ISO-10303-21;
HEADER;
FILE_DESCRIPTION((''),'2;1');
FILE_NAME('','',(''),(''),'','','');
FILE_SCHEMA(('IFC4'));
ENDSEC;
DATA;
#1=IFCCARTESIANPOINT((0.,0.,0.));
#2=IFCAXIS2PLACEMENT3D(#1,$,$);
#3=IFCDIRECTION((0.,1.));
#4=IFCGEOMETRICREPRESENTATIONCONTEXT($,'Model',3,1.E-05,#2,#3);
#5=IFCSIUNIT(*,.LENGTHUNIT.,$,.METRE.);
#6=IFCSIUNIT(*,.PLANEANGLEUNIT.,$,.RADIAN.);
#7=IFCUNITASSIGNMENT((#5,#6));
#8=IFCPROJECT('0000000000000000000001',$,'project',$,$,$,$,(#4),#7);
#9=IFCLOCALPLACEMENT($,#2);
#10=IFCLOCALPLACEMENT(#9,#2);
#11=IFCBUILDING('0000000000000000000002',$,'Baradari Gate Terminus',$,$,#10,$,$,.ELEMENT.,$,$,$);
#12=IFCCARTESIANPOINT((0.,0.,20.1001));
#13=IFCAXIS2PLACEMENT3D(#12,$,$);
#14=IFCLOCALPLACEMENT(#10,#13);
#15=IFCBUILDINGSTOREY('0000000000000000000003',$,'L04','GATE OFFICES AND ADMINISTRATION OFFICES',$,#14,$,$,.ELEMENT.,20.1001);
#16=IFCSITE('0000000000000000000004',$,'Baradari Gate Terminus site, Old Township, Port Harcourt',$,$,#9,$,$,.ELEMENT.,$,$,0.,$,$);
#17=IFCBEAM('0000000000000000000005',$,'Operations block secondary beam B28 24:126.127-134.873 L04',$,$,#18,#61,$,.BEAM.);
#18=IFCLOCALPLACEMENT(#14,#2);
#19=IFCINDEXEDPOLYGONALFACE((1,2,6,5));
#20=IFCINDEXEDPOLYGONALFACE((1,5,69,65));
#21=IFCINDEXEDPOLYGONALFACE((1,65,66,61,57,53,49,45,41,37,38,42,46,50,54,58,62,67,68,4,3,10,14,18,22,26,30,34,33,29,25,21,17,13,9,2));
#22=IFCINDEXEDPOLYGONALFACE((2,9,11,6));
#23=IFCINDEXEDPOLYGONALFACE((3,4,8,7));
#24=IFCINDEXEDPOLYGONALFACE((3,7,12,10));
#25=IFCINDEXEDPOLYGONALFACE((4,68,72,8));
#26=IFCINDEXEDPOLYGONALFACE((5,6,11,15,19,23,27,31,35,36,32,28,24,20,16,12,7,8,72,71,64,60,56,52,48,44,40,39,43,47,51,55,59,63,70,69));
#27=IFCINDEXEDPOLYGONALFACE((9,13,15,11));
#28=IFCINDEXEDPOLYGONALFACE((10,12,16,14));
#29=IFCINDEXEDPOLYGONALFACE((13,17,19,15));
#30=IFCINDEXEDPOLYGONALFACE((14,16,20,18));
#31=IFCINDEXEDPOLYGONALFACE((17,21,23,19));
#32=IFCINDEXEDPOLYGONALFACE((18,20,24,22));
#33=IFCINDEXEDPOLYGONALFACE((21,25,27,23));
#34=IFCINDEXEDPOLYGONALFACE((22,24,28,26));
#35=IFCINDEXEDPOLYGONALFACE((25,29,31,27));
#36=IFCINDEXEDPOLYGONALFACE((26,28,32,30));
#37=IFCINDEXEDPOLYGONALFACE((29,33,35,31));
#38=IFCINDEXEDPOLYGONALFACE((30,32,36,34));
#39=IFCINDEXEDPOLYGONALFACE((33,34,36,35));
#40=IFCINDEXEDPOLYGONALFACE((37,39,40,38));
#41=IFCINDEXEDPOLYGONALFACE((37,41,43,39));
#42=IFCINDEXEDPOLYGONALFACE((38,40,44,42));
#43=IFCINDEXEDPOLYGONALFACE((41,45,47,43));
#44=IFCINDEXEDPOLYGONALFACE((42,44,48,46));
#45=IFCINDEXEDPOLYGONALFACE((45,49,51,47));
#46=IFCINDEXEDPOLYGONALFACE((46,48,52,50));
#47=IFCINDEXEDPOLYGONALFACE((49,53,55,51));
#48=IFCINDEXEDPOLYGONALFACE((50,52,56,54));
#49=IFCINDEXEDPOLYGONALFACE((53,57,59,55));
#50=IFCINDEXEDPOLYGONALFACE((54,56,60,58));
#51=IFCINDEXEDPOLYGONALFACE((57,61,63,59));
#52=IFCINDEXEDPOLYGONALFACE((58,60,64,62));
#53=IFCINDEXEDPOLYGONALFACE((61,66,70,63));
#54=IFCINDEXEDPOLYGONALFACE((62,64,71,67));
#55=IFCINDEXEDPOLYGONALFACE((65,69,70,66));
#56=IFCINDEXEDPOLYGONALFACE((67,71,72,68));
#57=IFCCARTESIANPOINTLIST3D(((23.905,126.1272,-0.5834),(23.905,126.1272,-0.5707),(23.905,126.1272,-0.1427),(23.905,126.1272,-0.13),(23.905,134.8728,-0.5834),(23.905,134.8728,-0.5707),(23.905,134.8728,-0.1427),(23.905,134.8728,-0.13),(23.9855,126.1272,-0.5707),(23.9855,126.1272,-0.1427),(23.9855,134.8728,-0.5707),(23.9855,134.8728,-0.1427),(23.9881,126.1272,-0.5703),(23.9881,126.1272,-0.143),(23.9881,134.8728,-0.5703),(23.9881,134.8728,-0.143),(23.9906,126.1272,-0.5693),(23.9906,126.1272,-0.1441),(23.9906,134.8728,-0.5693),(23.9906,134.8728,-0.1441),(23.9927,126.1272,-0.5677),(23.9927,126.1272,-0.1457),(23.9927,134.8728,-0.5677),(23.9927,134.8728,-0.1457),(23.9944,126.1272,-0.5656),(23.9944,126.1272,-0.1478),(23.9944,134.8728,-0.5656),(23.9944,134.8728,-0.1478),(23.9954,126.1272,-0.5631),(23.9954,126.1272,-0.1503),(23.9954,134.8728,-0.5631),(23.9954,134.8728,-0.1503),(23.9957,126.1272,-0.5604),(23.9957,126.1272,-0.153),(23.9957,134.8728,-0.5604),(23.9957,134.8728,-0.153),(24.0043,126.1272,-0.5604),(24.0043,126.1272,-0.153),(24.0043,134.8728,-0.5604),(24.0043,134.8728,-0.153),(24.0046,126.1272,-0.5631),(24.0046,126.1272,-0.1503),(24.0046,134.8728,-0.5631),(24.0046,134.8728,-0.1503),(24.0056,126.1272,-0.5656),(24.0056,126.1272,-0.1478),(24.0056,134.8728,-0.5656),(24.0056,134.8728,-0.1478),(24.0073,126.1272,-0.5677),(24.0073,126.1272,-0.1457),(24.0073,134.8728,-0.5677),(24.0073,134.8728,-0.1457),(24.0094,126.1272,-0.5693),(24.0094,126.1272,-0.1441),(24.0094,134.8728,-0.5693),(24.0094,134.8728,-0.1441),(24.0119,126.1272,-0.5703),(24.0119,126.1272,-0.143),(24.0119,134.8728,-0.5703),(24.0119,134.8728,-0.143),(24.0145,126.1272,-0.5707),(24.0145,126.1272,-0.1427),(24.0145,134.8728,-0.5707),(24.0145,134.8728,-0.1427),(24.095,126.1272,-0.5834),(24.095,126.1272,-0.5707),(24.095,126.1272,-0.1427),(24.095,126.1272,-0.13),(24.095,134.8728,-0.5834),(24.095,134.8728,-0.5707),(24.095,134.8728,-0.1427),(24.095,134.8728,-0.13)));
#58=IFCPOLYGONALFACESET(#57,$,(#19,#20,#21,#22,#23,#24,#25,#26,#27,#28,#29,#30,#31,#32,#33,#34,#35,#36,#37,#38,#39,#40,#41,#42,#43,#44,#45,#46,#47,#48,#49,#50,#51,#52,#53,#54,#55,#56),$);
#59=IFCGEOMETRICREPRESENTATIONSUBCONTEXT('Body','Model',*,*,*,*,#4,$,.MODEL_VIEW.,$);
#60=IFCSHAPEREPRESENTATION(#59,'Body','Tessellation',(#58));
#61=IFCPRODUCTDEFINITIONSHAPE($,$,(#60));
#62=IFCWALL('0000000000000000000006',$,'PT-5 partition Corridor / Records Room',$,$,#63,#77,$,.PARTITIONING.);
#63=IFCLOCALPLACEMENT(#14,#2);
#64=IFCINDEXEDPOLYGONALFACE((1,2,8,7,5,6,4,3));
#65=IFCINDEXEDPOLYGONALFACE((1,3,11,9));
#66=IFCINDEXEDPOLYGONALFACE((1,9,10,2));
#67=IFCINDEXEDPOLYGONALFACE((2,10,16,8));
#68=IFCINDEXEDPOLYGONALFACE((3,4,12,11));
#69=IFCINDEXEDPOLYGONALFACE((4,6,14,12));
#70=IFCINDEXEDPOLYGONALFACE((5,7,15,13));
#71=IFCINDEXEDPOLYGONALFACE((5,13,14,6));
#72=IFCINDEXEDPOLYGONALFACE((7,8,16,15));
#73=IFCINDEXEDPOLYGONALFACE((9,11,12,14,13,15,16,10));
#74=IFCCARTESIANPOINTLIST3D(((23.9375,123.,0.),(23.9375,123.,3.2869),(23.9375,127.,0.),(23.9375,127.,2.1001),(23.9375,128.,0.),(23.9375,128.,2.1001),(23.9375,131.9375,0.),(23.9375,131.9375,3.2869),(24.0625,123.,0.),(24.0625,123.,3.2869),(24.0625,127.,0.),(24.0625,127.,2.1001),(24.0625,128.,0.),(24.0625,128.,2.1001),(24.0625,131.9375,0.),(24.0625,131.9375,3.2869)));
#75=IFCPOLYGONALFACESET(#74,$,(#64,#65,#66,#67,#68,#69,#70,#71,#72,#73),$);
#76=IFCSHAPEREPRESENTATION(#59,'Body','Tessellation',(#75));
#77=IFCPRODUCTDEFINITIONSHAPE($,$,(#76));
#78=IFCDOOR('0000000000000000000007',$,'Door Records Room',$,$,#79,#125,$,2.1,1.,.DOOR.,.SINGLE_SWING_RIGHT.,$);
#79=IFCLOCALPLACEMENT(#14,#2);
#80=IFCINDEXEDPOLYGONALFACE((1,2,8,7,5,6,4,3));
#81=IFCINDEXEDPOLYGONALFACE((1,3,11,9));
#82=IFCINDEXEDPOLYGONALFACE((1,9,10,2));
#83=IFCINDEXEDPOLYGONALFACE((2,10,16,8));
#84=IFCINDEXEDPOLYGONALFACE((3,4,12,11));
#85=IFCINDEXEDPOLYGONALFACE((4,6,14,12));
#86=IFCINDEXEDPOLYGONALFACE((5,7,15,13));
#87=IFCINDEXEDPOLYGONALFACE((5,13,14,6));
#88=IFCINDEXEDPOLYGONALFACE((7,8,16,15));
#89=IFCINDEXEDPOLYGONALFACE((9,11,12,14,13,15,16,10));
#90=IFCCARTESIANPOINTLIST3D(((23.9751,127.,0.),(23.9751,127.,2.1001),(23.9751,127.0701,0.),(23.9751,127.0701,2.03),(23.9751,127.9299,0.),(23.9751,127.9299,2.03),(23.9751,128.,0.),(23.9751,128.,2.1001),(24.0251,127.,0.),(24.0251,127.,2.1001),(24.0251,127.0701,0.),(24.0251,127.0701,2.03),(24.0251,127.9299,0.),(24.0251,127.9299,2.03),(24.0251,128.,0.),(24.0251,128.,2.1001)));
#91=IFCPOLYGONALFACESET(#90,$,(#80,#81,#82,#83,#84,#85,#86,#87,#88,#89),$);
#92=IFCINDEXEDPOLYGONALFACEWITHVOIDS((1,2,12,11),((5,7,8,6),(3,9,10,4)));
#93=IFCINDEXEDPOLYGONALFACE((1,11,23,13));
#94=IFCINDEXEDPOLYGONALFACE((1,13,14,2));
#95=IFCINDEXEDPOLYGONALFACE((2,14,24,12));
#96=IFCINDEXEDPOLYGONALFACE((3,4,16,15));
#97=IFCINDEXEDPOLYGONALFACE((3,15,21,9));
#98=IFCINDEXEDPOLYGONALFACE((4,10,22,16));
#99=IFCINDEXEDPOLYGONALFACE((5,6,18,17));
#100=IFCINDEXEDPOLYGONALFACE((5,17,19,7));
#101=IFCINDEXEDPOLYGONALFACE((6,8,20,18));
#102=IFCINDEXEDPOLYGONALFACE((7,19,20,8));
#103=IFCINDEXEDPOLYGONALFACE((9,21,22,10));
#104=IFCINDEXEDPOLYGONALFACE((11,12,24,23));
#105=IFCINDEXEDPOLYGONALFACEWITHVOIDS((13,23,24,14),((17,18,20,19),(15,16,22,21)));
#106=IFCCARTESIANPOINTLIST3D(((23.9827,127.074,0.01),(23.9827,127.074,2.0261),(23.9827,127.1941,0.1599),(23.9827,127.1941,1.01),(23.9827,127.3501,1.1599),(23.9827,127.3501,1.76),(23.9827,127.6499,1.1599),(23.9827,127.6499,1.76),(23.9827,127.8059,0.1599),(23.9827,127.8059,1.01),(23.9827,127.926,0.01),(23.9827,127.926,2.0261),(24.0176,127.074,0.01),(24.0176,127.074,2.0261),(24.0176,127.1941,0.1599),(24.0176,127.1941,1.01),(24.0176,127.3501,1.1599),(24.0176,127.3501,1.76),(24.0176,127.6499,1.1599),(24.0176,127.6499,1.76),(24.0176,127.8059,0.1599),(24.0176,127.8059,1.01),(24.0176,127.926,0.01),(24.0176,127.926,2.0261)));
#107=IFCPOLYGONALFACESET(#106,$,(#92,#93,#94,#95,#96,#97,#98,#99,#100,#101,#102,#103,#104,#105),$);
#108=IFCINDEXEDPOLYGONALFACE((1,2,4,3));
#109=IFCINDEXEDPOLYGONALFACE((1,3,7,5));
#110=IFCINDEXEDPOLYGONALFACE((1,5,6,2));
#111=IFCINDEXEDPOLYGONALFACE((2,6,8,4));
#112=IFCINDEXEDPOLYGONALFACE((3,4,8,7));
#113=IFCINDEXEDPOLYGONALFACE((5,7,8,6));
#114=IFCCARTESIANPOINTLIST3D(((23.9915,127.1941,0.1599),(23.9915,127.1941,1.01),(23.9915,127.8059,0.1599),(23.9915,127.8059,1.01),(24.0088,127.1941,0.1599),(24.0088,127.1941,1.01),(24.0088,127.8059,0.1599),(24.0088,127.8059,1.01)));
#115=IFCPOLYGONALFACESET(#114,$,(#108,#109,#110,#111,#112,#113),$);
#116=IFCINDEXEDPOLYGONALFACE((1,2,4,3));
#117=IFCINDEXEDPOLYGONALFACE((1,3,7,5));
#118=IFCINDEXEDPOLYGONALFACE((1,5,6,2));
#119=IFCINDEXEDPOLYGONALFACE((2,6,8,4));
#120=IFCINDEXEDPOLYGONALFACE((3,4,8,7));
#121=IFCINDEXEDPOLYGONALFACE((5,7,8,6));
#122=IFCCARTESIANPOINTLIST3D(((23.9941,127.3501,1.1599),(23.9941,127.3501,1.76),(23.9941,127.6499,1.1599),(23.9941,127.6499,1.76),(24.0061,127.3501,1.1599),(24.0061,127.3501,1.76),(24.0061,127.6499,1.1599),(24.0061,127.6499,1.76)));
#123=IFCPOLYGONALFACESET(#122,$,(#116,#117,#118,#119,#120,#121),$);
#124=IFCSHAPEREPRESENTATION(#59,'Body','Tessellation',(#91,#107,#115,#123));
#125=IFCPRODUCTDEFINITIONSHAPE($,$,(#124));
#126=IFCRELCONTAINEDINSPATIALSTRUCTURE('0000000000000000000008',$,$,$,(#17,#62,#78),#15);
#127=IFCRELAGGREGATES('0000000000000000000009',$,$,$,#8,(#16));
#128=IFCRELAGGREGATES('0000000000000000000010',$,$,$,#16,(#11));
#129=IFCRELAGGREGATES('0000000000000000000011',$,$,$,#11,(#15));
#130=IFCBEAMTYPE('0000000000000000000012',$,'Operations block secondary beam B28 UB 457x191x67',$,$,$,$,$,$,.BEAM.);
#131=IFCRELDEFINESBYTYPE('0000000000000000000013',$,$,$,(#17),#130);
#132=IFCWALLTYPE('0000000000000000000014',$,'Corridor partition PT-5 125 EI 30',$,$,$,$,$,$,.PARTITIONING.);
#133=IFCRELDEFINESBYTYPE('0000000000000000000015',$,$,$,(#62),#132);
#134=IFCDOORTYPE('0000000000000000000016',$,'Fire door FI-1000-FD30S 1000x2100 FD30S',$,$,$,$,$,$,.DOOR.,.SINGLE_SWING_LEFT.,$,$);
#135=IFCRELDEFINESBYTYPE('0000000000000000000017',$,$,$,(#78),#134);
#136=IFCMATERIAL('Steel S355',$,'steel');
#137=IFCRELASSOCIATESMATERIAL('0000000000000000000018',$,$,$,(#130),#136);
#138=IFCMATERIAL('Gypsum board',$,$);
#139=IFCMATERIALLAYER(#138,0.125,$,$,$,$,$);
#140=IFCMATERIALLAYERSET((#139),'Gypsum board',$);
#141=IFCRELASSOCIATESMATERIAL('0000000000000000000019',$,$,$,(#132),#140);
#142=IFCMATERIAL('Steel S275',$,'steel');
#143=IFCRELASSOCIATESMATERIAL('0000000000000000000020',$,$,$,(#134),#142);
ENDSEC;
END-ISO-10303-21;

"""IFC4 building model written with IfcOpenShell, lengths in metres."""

from ifc_helpers import new_model, si_unit, direction, frame, frame_2d, origin, origin_2d, place, context, subcontext, project, spatial, polyline, rectangle, i_section, outline, extrude, material, layer, layer_set, material_profile, profile_set, type_object, element, fill, save


model = new_model("IFC4")

# Units and contexts
model_context = context("Model", 3, precision=1e-05, world=origin(), true_north=direction((0.0, 1.0)))
body_context = subcontext(model_context, "Body", "Model", "MODEL_VIEW")
ifc_project = project(units=[si_unit("LENGTHUNIT", "METRE"), si_unit("PLANEANGLEUNIT", "RADIAN")], contexts=[model_context])

# Site, building, storey
site_placement = place(None, origin())
site = spatial("IfcSite", under=ifc_project, at=site_placement, Name="Baradari Gate Terminus site, Old Township, Port Harcourt", CompositionType="ELEMENT", RefElevation=0.0)
building_placement = place(site_placement, origin())
building = spatial("IfcBuilding", under=site, at=building_placement, Name="Baradari Gate Terminus", CompositionType="ELEMENT")
storey_placement = place(building_placement, frame((0.0, 0.0, 20.1001)))
storey = spatial("IfcBuildingStorey", under=building, at=storey_placement, Name="L04", Description="GATE OFFICES AND ADMINISTRATION OFFICES", CompositionType="ELEMENT", Elevation=20.1001)

# Beam
ifc_material_1 = material(Name="Steel S355", Category="steel")
ifc_material_profile_1 = material_profile(ifc_material_1, i_section(OverallWidth=0.1899, OverallDepth=0.4534, WebThickness=0.0085, FlangeThickness=0.0127, FilletRadius=0.0103, at=origin_2d()), Name="UB 457x191x67")
ifc_profile_set_1 = profile_set([ifc_material_profile_1], Name="Steel S355")
beam_type_1 = type_object("IfcBeamType", Name="Operations block secondary beam B28 UB 457x191x67", PredefinedType="BEAM", material=ifc_profile_set_1)
beam_1_placement = place(storey_placement, frame((24.0, 126.1272, -0.3567), z_axis=(0.0, 1.0, 0.0), x_axis=(-1.0, 0.0, 0.0)))
element("IfcBeam", 1, at=beam_1_placement, inside=storey, type_object=beam_type_1, Name="Operations block secondary beam B28 24:126.127-134.873 L04", PredefinedType="BEAM", context=body_context, shape_type="SweptSolid", body=[
    extrude(i_section(OverallWidth=0.1899, OverallDepth=0.4534, WebThickness=0.0085, FlangeThickness=0.0127, FilletRadius=0.0103, at=origin_2d()), origin(), (0.0, 0.0, 1.0), 8.7456),
])

# Wall, opening, door
ifc_material_2 = material(Name="Gypsum board")
ifc_layer_1 = layer(ifc_material_2, 0.125)
ifc_layer_set_1 = layer_set([ifc_layer_1], Name="Gypsum board")
wall_type_1 = type_object("IfcWallType", Name="Corridor partition PT-5 125 EI 30", PredefinedType="PARTITIONING", material=ifc_layer_set_1)
wall_1_placement = place(storey_placement, frame((24.0, 123.0, 0.0), z_axis=(0.0, 0.0, 1.0), x_axis=(0.0, 1.0, 0.0)))
wall_1 = element("IfcWall", 2, at=wall_1_placement, inside=storey, type_object=wall_type_1, Name="PT-5 partition Corridor / Records Room", PredefinedType="PARTITIONING", context=body_context, shape_type="SweptSolid", body=[
    extrude(rectangle(XDim=8.9375, YDim=0.125, at=frame_2d((4.4688, 0.0))), origin(), (0.0, 0.0, 1.0), 3.2869),
])
opening_1_placement = place(wall_1_placement, frame((4.0, 0.0, 0.0)))
opening_1 = element("IfcOpeningElement", 3, at=opening_1_placement, cuts=wall_1, PredefinedType="OPENING", context=body_context, shape_type="SweptSolid", body=[
    extrude(rectangle(XDim=1.0, YDim=2.1001, at=frame_2d((0.5, 1.05))), frame((0.0, 0.0725, 0.0), z_axis=(0.0, -1.0, 0.0), x_axis=(1.0, 0.0, 0.0)), (0.0, 0.0, 1.0), 0.145),
])
ifc_material_3 = material(Name="Steel S275", Category="steel")
door_type_1 = type_object("IfcDoorType", Name="Fire door FI-1000-FD30S 1000x2100 FD30S", OperationType="SINGLE_SWING_LEFT", PredefinedType="DOOR", material=ifc_material_3)
door_1_placement = place(opening_1_placement, origin())
door_1 = element("IfcDoor", 4, at=door_1_placement, inside=storey, type_object=door_type_1, Name="Door Records Room", OperationType="SINGLE_SWING_RIGHT", OverallHeight=2.1, OverallWidth=1.0, PredefinedType="DOOR", context=body_context, shape_type="SweptSolid", body=[
    extrude(outline(polyline([(0.0, 0.0), (0.0701, 0.0), (0.0701, 2.03), (0.9299, 2.03), (0.9299, 0.0), (1.0, 0.0), (1.0, 2.1001), (0.0, 2.1001), (0.0, 0.0)])), frame((0.0, 0.0249, 0.0), z_axis=(0.0, -1.0, 0.0), x_axis=(1.0, 0.0, 0.0)), (0.0, 0.0, 1.0), 0.05),
    extrude(outline(polyline([(0.074, 0.01), (0.926, 0.01), (0.926, 2.0261), (0.074, 2.0261), (0.074, 0.01)]), holes=[polyline([(0.1941, 0.1599), (0.8059, 0.1599), (0.8059, 1.01), (0.1941, 1.01), (0.1941, 0.1599)]), polyline([(0.3501, 1.1599), (0.6499, 1.1599), (0.6499, 1.76), (0.3501, 1.76), (0.3501, 1.1599)])]), frame((0.0, 0.0173, 0.0), z_axis=(0.0, -1.0, 0.0), x_axis=(1.0, 0.0, 0.0)), (0.0, 0.0, 1.0), 0.0349),
    extrude(rectangle(XDim=0.6118, YDim=0.8501, at=frame_2d((0.5, 0.585))), frame((0.0, 0.0085, 0.0), z_axis=(0.0, -1.0, 0.0), x_axis=(1.0, 0.0, 0.0)), (0.0, 0.0, 1.0), 0.0173),
    extrude(rectangle(XDim=0.2998, YDim=0.6001, at=frame_2d((0.5, 1.46))), frame((0.0, 0.0059, 0.0), z_axis=(0.0, -1.0, 0.0), x_axis=(1.0, 0.0, 0.0)), (0.0, 0.0, 1.0), 0.012),
])
fill(opening_1, door_1)

save(model, "model.ifc")
